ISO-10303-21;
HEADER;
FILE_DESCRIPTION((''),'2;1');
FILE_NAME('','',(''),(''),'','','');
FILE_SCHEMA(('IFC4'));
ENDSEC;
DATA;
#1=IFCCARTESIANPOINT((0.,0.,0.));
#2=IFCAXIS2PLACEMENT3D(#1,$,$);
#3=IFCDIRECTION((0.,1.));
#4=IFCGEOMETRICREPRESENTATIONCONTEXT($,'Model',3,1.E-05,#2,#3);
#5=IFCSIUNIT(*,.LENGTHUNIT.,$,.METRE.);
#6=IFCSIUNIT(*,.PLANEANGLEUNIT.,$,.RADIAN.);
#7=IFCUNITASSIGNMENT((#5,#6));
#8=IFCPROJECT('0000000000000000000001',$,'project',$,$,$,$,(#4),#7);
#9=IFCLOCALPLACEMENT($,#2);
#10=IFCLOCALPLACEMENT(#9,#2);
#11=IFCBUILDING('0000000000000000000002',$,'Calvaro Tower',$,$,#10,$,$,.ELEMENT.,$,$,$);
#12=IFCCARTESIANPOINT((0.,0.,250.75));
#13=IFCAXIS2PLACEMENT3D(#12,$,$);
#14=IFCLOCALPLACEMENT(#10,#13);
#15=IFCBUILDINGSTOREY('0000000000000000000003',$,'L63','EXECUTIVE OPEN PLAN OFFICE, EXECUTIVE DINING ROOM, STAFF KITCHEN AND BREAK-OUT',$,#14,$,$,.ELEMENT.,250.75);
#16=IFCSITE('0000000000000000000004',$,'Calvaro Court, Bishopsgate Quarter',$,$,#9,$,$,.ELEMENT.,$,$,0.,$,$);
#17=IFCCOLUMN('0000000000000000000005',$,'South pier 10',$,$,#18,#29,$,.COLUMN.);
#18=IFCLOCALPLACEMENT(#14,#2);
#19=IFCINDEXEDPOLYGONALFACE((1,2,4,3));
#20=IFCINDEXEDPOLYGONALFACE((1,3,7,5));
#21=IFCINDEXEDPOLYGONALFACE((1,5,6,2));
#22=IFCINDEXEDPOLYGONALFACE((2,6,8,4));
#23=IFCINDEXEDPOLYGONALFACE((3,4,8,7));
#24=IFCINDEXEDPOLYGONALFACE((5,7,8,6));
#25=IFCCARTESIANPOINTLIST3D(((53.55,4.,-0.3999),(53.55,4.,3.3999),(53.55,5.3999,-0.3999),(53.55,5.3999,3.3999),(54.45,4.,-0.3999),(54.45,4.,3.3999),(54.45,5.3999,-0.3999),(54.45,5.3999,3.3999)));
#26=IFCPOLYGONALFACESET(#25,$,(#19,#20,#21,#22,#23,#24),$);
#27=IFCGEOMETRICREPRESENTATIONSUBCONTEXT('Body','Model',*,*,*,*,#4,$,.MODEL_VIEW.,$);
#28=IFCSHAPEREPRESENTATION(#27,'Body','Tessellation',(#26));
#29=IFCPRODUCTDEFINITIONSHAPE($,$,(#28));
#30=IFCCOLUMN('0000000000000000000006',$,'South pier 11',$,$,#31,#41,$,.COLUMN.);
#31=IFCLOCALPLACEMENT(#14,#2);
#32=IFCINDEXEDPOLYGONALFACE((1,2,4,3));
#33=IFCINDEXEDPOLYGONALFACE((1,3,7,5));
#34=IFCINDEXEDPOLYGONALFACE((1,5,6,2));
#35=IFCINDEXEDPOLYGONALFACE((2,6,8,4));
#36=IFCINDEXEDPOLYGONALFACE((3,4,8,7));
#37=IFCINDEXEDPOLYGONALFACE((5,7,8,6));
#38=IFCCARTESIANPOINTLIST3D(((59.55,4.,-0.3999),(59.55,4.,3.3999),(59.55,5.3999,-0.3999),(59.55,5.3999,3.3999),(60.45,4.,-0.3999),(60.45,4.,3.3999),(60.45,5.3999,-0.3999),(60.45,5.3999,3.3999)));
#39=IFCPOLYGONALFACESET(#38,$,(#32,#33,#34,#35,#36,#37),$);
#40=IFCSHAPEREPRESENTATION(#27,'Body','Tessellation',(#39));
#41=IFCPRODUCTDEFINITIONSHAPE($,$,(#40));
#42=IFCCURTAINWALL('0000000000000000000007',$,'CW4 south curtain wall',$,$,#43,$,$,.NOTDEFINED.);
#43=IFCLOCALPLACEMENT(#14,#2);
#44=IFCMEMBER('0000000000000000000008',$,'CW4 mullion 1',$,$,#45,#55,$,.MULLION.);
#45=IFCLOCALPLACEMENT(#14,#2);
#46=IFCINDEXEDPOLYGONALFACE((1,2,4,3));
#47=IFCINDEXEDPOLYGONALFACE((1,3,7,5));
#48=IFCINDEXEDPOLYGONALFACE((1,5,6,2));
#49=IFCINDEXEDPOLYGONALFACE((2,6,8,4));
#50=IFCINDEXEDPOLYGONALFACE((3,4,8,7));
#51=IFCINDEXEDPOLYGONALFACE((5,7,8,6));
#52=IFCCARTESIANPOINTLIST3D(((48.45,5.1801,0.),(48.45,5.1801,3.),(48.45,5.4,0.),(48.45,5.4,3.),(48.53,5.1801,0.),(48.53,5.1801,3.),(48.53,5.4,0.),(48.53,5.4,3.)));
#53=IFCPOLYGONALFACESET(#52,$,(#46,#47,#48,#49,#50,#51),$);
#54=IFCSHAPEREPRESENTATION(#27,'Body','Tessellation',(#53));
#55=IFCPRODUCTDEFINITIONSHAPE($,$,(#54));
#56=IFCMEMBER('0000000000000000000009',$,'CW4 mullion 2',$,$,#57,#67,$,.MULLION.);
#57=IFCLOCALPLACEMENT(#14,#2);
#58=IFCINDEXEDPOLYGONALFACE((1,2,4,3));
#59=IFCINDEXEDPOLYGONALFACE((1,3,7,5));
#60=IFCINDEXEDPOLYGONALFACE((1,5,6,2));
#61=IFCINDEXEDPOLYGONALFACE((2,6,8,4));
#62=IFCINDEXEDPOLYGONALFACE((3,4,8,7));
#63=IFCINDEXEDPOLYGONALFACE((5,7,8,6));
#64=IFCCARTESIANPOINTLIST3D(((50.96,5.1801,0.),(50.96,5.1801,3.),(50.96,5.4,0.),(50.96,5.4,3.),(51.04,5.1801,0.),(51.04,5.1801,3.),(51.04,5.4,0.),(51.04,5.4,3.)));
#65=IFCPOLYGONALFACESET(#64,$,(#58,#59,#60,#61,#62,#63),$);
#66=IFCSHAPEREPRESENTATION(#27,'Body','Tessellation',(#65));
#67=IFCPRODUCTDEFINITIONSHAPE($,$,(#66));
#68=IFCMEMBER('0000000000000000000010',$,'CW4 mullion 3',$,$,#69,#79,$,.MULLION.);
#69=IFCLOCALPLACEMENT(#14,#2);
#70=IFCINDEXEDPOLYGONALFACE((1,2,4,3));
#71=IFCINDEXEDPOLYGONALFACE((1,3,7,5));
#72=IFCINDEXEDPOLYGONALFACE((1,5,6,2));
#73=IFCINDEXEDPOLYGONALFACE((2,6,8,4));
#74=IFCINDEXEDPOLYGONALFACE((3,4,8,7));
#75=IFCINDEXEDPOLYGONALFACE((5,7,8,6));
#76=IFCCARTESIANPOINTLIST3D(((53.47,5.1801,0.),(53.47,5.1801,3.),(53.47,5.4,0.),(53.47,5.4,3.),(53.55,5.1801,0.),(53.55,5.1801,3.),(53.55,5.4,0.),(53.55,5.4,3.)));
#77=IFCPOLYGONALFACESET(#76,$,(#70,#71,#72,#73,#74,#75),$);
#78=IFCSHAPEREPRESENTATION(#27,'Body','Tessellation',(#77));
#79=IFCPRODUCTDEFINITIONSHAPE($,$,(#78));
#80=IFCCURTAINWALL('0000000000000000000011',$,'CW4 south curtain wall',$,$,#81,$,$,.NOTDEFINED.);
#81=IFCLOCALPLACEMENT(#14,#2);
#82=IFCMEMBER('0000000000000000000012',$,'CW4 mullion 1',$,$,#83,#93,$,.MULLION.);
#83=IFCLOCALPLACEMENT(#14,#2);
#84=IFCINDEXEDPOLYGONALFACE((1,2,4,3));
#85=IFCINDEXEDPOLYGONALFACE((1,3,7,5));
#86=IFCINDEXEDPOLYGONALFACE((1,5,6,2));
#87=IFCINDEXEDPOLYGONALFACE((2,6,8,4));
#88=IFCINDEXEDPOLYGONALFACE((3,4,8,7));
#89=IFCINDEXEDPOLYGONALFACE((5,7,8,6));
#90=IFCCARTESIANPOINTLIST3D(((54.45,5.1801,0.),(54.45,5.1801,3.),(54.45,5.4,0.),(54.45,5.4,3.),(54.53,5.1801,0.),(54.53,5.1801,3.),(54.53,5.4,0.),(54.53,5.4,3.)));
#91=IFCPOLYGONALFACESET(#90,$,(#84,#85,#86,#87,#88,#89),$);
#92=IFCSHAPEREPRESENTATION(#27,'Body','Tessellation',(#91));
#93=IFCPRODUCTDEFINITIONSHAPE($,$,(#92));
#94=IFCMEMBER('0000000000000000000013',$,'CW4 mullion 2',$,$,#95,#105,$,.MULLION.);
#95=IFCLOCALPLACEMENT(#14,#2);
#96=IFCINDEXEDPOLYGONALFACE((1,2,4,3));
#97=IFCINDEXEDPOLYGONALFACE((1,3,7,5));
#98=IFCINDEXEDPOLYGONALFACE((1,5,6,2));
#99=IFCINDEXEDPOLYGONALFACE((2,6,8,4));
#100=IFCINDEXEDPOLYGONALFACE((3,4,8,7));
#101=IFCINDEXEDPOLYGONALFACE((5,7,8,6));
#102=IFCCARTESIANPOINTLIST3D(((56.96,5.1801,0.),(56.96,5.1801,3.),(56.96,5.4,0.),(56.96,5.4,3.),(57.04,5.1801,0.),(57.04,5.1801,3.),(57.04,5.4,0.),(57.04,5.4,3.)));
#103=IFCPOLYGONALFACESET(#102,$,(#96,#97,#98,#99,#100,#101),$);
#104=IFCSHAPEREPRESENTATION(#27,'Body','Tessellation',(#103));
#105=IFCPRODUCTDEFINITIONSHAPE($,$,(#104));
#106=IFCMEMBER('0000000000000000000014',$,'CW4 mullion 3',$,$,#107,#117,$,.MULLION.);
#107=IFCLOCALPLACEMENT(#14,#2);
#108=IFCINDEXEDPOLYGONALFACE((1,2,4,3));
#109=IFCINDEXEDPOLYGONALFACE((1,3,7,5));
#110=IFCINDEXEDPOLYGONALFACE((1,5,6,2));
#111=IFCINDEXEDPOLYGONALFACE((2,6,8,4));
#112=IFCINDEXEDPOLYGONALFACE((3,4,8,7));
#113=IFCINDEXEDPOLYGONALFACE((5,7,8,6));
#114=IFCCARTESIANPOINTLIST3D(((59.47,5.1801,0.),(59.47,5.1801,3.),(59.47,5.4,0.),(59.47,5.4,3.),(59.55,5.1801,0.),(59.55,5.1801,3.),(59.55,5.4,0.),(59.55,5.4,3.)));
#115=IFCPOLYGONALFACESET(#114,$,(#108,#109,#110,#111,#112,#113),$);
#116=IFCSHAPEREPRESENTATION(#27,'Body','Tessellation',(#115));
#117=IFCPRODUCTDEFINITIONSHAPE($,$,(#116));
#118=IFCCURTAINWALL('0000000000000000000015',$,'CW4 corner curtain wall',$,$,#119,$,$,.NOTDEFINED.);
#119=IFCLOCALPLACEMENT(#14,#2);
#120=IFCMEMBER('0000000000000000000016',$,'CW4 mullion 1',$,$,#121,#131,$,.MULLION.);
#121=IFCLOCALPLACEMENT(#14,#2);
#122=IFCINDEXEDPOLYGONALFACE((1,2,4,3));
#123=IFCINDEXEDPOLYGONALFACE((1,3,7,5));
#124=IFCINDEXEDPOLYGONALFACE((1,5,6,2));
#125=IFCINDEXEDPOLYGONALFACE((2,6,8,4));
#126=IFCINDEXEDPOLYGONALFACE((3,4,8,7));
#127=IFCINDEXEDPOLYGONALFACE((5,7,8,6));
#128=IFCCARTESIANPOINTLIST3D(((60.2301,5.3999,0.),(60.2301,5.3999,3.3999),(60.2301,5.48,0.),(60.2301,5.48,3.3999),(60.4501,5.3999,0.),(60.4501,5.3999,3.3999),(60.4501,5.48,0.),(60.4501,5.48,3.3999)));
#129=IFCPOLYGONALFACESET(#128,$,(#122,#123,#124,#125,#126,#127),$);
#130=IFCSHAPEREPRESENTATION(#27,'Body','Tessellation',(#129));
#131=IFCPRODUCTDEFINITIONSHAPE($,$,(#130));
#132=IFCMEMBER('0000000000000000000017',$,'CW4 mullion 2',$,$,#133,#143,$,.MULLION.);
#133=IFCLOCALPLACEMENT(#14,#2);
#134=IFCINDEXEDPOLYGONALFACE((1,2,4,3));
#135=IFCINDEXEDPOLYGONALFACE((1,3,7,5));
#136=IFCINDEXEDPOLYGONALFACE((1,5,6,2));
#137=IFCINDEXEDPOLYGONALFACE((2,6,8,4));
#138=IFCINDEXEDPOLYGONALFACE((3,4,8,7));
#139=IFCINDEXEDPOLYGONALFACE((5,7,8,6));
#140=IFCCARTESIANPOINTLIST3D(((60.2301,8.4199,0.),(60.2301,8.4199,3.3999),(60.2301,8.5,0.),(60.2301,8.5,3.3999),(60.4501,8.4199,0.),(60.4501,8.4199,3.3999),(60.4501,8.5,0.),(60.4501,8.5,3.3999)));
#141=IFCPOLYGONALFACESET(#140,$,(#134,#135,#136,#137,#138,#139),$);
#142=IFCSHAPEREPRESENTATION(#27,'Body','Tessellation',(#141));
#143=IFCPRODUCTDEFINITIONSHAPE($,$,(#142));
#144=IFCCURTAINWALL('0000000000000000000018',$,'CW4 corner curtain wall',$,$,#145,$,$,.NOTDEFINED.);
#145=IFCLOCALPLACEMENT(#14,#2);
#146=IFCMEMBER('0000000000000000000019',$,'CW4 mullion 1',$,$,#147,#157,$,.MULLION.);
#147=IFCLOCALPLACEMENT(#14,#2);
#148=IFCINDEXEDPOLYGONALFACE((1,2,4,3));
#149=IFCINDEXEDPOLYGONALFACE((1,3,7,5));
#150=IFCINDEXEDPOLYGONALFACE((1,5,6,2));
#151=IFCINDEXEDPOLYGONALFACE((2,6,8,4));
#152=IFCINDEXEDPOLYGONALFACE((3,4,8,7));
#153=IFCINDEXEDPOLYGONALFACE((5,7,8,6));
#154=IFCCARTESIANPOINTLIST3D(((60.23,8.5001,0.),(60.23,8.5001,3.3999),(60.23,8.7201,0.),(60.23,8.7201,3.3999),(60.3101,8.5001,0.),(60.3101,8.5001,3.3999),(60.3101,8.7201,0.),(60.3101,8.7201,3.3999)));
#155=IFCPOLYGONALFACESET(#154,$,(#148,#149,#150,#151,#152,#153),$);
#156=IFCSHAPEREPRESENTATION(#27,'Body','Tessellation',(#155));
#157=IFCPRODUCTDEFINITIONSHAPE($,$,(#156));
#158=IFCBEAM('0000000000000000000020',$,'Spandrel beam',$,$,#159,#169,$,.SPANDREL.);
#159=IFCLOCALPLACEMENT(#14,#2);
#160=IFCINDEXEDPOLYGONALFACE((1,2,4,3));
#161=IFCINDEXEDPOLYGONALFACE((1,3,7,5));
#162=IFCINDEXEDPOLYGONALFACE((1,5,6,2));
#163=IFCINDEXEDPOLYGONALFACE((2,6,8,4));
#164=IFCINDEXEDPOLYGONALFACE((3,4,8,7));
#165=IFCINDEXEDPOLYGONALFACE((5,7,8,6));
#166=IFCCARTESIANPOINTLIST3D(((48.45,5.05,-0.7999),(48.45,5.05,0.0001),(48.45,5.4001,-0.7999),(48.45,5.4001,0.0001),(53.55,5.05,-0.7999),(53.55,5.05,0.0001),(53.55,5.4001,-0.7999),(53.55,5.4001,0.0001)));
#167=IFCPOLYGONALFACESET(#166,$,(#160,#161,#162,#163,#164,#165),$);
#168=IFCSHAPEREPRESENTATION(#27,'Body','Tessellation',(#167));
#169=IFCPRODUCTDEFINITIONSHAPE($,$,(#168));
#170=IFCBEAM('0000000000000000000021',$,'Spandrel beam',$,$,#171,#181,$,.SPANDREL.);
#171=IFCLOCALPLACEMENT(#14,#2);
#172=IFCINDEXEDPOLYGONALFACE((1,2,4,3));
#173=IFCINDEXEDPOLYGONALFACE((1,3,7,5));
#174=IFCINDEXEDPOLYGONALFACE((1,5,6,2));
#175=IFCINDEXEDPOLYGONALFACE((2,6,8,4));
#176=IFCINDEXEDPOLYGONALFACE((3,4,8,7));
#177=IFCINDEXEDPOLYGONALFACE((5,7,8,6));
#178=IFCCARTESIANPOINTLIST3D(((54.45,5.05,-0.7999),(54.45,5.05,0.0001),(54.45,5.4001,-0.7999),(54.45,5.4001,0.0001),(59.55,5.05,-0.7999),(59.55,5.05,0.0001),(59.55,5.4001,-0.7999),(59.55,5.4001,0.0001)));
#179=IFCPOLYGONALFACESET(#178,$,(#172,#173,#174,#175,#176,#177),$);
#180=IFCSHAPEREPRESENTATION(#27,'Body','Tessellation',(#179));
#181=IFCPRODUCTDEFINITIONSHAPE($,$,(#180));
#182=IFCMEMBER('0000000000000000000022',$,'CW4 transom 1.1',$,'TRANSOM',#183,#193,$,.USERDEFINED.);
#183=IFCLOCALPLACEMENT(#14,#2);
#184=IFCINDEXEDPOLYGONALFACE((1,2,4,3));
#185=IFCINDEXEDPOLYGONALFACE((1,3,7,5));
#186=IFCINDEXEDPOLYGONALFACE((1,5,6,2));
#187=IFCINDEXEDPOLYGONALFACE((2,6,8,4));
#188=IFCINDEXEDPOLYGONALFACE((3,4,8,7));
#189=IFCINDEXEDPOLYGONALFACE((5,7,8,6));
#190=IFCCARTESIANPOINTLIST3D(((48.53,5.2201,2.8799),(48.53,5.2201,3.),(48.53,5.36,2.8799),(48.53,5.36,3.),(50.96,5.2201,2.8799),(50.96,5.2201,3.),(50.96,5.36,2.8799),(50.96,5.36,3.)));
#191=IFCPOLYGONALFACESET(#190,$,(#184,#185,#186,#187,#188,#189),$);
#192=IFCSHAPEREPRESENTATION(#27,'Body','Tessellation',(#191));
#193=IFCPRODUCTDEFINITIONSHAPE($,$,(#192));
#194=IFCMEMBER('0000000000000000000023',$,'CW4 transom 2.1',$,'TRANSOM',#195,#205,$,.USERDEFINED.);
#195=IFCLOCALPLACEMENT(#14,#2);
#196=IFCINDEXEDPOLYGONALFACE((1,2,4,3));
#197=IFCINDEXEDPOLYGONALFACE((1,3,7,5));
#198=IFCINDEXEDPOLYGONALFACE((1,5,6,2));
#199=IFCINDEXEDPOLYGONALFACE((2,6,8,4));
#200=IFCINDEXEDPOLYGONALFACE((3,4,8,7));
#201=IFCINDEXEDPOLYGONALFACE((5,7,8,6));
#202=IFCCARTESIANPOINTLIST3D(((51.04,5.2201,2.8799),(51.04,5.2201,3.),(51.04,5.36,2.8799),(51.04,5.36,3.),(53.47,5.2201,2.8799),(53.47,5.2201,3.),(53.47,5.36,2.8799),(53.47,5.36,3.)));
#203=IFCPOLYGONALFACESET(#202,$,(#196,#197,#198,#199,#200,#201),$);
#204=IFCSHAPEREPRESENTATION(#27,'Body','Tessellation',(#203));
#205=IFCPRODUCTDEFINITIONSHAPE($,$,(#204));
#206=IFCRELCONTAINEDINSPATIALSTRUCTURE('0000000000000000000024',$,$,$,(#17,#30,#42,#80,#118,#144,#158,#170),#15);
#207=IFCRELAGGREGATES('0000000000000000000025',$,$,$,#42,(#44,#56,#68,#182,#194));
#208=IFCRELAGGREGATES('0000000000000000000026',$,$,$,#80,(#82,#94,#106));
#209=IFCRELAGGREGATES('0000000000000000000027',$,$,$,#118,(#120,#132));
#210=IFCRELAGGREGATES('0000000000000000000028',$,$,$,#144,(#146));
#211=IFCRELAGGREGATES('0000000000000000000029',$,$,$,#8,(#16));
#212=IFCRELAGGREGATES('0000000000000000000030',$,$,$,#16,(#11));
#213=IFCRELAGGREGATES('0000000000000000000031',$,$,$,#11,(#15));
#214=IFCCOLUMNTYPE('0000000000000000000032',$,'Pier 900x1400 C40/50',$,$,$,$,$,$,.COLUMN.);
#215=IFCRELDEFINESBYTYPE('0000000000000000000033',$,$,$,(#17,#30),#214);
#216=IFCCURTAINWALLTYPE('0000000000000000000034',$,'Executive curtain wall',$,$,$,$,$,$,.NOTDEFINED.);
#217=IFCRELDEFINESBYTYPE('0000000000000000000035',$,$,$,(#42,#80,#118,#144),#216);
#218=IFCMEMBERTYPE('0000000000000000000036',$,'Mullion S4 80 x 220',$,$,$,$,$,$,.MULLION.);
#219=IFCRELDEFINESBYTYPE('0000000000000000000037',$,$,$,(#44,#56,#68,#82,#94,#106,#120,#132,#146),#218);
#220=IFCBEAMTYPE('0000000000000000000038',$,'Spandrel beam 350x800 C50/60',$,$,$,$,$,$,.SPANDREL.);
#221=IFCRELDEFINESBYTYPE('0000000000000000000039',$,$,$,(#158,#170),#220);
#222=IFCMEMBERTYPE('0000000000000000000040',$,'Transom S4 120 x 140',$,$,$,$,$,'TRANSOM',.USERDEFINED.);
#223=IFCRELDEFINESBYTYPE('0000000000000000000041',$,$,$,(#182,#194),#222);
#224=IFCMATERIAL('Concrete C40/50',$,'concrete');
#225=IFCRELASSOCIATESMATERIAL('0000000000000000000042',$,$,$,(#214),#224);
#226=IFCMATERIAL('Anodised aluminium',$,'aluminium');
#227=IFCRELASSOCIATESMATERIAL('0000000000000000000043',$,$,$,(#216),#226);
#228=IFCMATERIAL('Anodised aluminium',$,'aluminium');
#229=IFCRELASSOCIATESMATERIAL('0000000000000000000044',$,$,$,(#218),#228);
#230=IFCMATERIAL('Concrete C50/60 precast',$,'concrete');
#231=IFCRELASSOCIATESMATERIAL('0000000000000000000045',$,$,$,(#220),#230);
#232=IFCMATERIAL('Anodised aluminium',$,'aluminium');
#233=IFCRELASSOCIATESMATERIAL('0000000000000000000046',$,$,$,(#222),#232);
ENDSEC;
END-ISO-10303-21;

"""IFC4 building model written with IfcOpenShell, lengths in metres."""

from ifc_helpers import new_model, si_unit, direction, frame, origin, origin_2d, place, context, subcontext, project, spatial, rectangle, extrude, material, material_profile, profile_set, type_object, element, aggregate, save


model = new_model("IFC4")

# Units and contexts
model_context = context("Model", 3, precision=1e-05, world=origin(), true_north=direction((0.0, 1.0)))
body_context = subcontext(model_context, "Body", "Model", "MODEL_VIEW")
ifc_project = project(units=[si_unit("LENGTHUNIT", "METRE"), si_unit("PLANEANGLEUNIT", "RADIAN")], contexts=[model_context])

# Site, building, storey
site_placement = place(None, origin())
site = spatial("IfcSite", under=ifc_project, at=site_placement, Name="Calvaro Court, Bishopsgate Quarter", CompositionType="ELEMENT", RefElevation=0.0)
building_placement = place(site_placement, origin())
building = spatial("IfcBuilding", under=site, at=building_placement, Name="Calvaro Tower", CompositionType="ELEMENT")
storey_placement = place(building_placement, frame((0.0, 0.0, 250.75)))
storey = spatial("IfcBuildingStorey", under=building, at=storey_placement, Name="L63", Description="EXECUTIVE OPEN PLAN OFFICE, EXECUTIVE DINING ROOM, STAFF KITCHEN AND BREAK-OUT", CompositionType="ELEMENT", Elevation=250.75)

# Columns
ifc_material_1 = material(Name="Concrete C40/50", Category="concrete")
ifc_material_profile_1 = material_profile(ifc_material_1, rectangle(XDim=0.8999, YDim=1.3999, at=origin_2d()), Name="RC 900x1400")
ifc_profile_set_1 = profile_set([ifc_material_profile_1], Name="Concrete C40/50")
column_type = type_object("IfcColumnType", Name="Pier 900x1400 C40/50", PredefinedType="COLUMN", material=ifc_profile_set_1)
for number, where, z_axis, x_axis, name in (
    (1, (54.0, 4.7, -0.3999), (0.0, 0.0, 1.0), (1.0, 0.0, 0.0), "South pier 10"),
    (2, (60.0, 4.7, -0.3999), (0.0, 0.0, 1.0), (1.0, 0.0, 0.0), "South pier 11"),
):
    element("IfcColumn", number, at=place(storey_placement, frame(where, z_axis=z_axis, x_axis=x_axis)), inside=storey, type_object=column_type, Name=name, PredefinedType="COLUMN", context=body_context, shape_type="SweptSolid", body=[
        extrude(rectangle(XDim=0.8999, YDim=1.3999, at=origin_2d()), origin(), (0.0, 0.0, 1.0), 3.7998),
    ])

# Curtain walls, members
ifc_material_2 = material(Name="Anodised aluminium", Category="aluminium")
curtain_wall_type = type_object("IfcCurtainWallType", Name="Executive curtain wall", PredefinedType="NOTDEFINED", material=ifc_material_2)
curtain_wall_1_placement = place(storey_placement, origin())
curtain_wall_1 = element("IfcCurtainWall", 3, at=curtain_wall_1_placement, inside=storey, type_object=curtain_wall_type, Name="CW4 south curtain wall", PredefinedType="NOTDEFINED")
ifc_material_3 = material(Name="Anodised aluminium", Category="aluminium")
ifc_material_profile_2 = material_profile(ifc_material_3, rectangle(XDim=0.22, YDim=0.0801, at=origin_2d()), Name="Mullion S4 80 x 220")
ifc_profile_set_2 = profile_set([ifc_material_profile_2], Name="Anodised aluminium")
member_type_1 = type_object("IfcMemberType", Name="Mullion S4 80 x 220", PredefinedType="MULLION", material=ifc_profile_set_2)
member_1_placement = place(storey_placement, frame((48.49, 5.29, 0.0), z_axis=(0.0, 0.0, 1.0), x_axis=(0.0, 1.0, 0.0)))
member_1 = element("IfcMember", 4, at=member_1_placement, type_object=member_type_1, Name="CW4 mullion 1", PredefinedType="MULLION", context=body_context, shape_type="SweptSolid", body=[
    extrude(rectangle(XDim=0.22, YDim=0.0801, at=origin_2d()), origin(), (0.0, 0.0, 1.0), 3.0),
])
member_2_placement = place(storey_placement, frame((51.0, 5.29, 0.0), z_axis=(0.0, 0.0, 1.0), x_axis=(0.0, 1.0, 0.0)))
member_2 = element("IfcMember", 5, at=member_2_placement, type_object=member_type_1, Name="CW4 mullion 2", PredefinedType="MULLION", context=body_context, shape_type="SweptSolid", body=[
    extrude(rectangle(XDim=0.22, YDim=0.0801, at=origin_2d()), origin(), (0.0, 0.0, 1.0), 3.0),
])
member_3_placement = place(storey_placement, frame((53.51, 5.29, 0.0), z_axis=(0.0, 0.0, 1.0), x_axis=(0.0, 1.0, 0.0)))
member_3 = element("IfcMember", 6, at=member_3_placement, type_object=member_type_1, Name="CW4 mullion 3", PredefinedType="MULLION", context=body_context, shape_type="SweptSolid", body=[
    extrude(rectangle(XDim=0.22, YDim=0.0801, at=origin_2d()), origin(), (0.0, 0.0, 1.0), 3.0),
])
curtain_wall_2_placement = place(storey_placement, origin())
curtain_wall_2 = element("IfcCurtainWall", 7, at=curtain_wall_2_placement, inside=storey, type_object=curtain_wall_type, Name="CW4 south curtain wall", PredefinedType="NOTDEFINED")
member_4_placement = place(storey_placement, frame((54.49, 5.29, 0.0), z_axis=(0.0, 0.0, 1.0), x_axis=(0.0, 1.0, 0.0)))
member_4 = element("IfcMember", 8, at=member_4_placement, type_object=member_type_1, Name="CW4 mullion 1", PredefinedType="MULLION", context=body_context, shape_type="SweptSolid", body=[
    extrude(rectangle(XDim=0.22, YDim=0.0801, at=origin_2d()), origin(), (0.0, 0.0, 1.0), 3.0),
])
member_5_placement = place(storey_placement, frame((57.0, 5.29, 0.0), z_axis=(0.0, 0.0, 1.0), x_axis=(0.0, 1.0, 0.0)))
member_5 = element("IfcMember", 9, at=member_5_placement, type_object=member_type_1, Name="CW4 mullion 2", PredefinedType="MULLION", context=body_context, shape_type="SweptSolid", body=[
    extrude(rectangle(XDim=0.22, YDim=0.0801, at=origin_2d()), origin(), (0.0, 0.0, 1.0), 3.0),
])
member_6_placement = place(storey_placement, frame((59.51, 5.29, 0.0), z_axis=(0.0, 0.0, 1.0), x_axis=(0.0, 1.0, 0.0)))
member_6 = element("IfcMember", 10, at=member_6_placement, type_object=member_type_1, Name="CW4 mullion 3", PredefinedType="MULLION", context=body_context, shape_type="SweptSolid", body=[
    extrude(rectangle(XDim=0.22, YDim=0.0801, at=origin_2d()), origin(), (0.0, 0.0, 1.0), 3.0),
])
curtain_wall_3_placement = place(storey_placement, origin())
curtain_wall_3 = element("IfcCurtainWall", 11, at=curtain_wall_3_placement, inside=storey, type_object=curtain_wall_type, Name="CW4 corner curtain wall", PredefinedType="NOTDEFINED")
member_7_placement = place(storey_placement, frame((60.3401, 5.4399, 0.0), z_axis=(0.0, 0.0, 1.0), x_axis=(-1.0, 0.0, 0.0)))
member_7 = element("IfcMember", 12, at=member_7_placement, type_object=member_type_1, Name="CW4 mullion 1", PredefinedType="MULLION", context=body_context, shape_type="SweptSolid", body=[
    extrude(rectangle(XDim=0.22, YDim=0.0801, at=origin_2d()), origin(), (0.0, 0.0, 1.0), 3.3999),
])
member_8_placement = place(storey_placement, frame((60.3401, 8.46, 0.0), z_axis=(0.0, 0.0, 1.0), x_axis=(-1.0, 0.0, 0.0)))
member_8 = element("IfcMember", 13, at=member_8_placement, type_object=member_type_1, Name="CW4 mullion 2", PredefinedType="MULLION", context=body_context, shape_type="SweptSolid", body=[
    extrude(rectangle(XDim=0.22, YDim=0.0801, at=origin_2d()), origin(), (0.0, 0.0, 1.0), 3.3999),
])

# Curtain wall, member
curtain_wall_4_placement = place(storey_placement, origin())
curtain_wall_4 = element("IfcCurtainWall", 14, at=curtain_wall_4_placement, inside=storey, type_object=curtain_wall_type, Name="CW4 corner curtain wall", PredefinedType="NOTDEFINED")
member_9_placement = place(storey_placement, frame((60.27, 8.6101, 0.0), z_axis=(0.0, 0.0, 1.0), x_axis=(0.0, 1.0, 0.0)))
member_9 = element("IfcMember", 15, at=member_9_placement, type_object=member_type_1, Name="CW4 mullion 1", PredefinedType="MULLION", context=body_context, shape_type="SweptSolid", body=[
    extrude(rectangle(XDim=0.22, YDim=0.0801, at=origin_2d()), origin(), (0.0, 0.0, 1.0), 3.3999),
])

# Beams
ifc_material_4 = material(Name="Concrete C50/60 precast", Category="concrete")
ifc_material_profile_3 = material_profile(ifc_material_4, rectangle(XDim=0.3501, YDim=0.8, at=origin_2d()), Name="RC 350x800")
ifc_profile_set_3 = profile_set([ifc_material_profile_3], Name="Concrete C50/60 precast")
beam_type = type_object("IfcBeamType", Name="Spandrel beam 350x800 C50/60", PredefinedType="SPANDREL", material=ifc_profile_set_3)
for number, where, z_axis, x_axis, name in (
    (16, (48.45, 5.2251, -0.3999), (1.0, 0.0, 0.0), (0.0, 1.0, 0.0), "Spandrel beam"),
    (17, (54.45, 5.2251, -0.3999), (1.0, 0.0, 0.0), (0.0, 1.0, 0.0), "Spandrel beam"),
):
    element("IfcBeam", number, at=place(storey_placement, frame(where, z_axis=z_axis, x_axis=x_axis)), inside=storey, type_object=beam_type, Name=name, PredefinedType="SPANDREL", context=body_context, shape_type="SweptSolid", body=[
        extrude(rectangle(XDim=0.3501, YDim=0.8, at=origin_2d()), origin(), (0.0, 0.0, 1.0), 5.1001),
    ])

# Members
ifc_material_5 = material(Name="Anodised aluminium", Category="aluminium")
ifc_material_profile_4 = material_profile(ifc_material_5, rectangle(XDim=0.1399, YDim=0.1201, at=origin_2d()), Name="Transom S4 120 x 140")
ifc_profile_set_4 = profile_set([ifc_material_profile_4], Name="Anodised aluminium")
member_type_2 = type_object("IfcMemberType", Name="Transom S4 120 x 140", ElementType="TRANSOM", PredefinedType="USERDEFINED", material=ifc_profile_set_4)
member_10_placement = place(storey_placement, frame((48.53, 5.29, 2.9399), z_axis=(1.0, 0.0, 0.0), x_axis=(0.0, 1.0, 0.0)))
member_10 = element("IfcMember", 18, at=member_10_placement, type_object=member_type_2, Name="CW4 transom 1.1", ObjectType="TRANSOM", PredefinedType="USERDEFINED", context=body_context, shape_type="SweptSolid", body=[
    extrude(rectangle(XDim=0.1399, YDim=0.1201, at=origin_2d()), origin(), (0.0, 0.0, 1.0), 2.4299),
])
member_11_placement = place(storey_placement, frame((51.04, 5.29, 2.9399), z_axis=(1.0, 0.0, 0.0), x_axis=(0.0, 1.0, 0.0)))
member_11 = element("IfcMember", 19, at=member_11_placement, type_object=member_type_2, Name="CW4 transom 2.1", ObjectType="TRANSOM", PredefinedType="USERDEFINED", context=body_context, shape_type="SweptSolid", body=[
    extrude(rectangle(XDim=0.1399, YDim=0.1201, at=origin_2d()), origin(), (0.0, 0.0, 1.0), 2.4299),
])

aggregate(curtain_wall_1, [member_1, member_2, member_3, member_10, member_11])
aggregate(curtain_wall_2, [member_4, member_5, member_6])
aggregate(curtain_wall_3, [member_7, member_8])
aggregate(curtain_wall_4, [member_9])

save(model, "model.ifc")
